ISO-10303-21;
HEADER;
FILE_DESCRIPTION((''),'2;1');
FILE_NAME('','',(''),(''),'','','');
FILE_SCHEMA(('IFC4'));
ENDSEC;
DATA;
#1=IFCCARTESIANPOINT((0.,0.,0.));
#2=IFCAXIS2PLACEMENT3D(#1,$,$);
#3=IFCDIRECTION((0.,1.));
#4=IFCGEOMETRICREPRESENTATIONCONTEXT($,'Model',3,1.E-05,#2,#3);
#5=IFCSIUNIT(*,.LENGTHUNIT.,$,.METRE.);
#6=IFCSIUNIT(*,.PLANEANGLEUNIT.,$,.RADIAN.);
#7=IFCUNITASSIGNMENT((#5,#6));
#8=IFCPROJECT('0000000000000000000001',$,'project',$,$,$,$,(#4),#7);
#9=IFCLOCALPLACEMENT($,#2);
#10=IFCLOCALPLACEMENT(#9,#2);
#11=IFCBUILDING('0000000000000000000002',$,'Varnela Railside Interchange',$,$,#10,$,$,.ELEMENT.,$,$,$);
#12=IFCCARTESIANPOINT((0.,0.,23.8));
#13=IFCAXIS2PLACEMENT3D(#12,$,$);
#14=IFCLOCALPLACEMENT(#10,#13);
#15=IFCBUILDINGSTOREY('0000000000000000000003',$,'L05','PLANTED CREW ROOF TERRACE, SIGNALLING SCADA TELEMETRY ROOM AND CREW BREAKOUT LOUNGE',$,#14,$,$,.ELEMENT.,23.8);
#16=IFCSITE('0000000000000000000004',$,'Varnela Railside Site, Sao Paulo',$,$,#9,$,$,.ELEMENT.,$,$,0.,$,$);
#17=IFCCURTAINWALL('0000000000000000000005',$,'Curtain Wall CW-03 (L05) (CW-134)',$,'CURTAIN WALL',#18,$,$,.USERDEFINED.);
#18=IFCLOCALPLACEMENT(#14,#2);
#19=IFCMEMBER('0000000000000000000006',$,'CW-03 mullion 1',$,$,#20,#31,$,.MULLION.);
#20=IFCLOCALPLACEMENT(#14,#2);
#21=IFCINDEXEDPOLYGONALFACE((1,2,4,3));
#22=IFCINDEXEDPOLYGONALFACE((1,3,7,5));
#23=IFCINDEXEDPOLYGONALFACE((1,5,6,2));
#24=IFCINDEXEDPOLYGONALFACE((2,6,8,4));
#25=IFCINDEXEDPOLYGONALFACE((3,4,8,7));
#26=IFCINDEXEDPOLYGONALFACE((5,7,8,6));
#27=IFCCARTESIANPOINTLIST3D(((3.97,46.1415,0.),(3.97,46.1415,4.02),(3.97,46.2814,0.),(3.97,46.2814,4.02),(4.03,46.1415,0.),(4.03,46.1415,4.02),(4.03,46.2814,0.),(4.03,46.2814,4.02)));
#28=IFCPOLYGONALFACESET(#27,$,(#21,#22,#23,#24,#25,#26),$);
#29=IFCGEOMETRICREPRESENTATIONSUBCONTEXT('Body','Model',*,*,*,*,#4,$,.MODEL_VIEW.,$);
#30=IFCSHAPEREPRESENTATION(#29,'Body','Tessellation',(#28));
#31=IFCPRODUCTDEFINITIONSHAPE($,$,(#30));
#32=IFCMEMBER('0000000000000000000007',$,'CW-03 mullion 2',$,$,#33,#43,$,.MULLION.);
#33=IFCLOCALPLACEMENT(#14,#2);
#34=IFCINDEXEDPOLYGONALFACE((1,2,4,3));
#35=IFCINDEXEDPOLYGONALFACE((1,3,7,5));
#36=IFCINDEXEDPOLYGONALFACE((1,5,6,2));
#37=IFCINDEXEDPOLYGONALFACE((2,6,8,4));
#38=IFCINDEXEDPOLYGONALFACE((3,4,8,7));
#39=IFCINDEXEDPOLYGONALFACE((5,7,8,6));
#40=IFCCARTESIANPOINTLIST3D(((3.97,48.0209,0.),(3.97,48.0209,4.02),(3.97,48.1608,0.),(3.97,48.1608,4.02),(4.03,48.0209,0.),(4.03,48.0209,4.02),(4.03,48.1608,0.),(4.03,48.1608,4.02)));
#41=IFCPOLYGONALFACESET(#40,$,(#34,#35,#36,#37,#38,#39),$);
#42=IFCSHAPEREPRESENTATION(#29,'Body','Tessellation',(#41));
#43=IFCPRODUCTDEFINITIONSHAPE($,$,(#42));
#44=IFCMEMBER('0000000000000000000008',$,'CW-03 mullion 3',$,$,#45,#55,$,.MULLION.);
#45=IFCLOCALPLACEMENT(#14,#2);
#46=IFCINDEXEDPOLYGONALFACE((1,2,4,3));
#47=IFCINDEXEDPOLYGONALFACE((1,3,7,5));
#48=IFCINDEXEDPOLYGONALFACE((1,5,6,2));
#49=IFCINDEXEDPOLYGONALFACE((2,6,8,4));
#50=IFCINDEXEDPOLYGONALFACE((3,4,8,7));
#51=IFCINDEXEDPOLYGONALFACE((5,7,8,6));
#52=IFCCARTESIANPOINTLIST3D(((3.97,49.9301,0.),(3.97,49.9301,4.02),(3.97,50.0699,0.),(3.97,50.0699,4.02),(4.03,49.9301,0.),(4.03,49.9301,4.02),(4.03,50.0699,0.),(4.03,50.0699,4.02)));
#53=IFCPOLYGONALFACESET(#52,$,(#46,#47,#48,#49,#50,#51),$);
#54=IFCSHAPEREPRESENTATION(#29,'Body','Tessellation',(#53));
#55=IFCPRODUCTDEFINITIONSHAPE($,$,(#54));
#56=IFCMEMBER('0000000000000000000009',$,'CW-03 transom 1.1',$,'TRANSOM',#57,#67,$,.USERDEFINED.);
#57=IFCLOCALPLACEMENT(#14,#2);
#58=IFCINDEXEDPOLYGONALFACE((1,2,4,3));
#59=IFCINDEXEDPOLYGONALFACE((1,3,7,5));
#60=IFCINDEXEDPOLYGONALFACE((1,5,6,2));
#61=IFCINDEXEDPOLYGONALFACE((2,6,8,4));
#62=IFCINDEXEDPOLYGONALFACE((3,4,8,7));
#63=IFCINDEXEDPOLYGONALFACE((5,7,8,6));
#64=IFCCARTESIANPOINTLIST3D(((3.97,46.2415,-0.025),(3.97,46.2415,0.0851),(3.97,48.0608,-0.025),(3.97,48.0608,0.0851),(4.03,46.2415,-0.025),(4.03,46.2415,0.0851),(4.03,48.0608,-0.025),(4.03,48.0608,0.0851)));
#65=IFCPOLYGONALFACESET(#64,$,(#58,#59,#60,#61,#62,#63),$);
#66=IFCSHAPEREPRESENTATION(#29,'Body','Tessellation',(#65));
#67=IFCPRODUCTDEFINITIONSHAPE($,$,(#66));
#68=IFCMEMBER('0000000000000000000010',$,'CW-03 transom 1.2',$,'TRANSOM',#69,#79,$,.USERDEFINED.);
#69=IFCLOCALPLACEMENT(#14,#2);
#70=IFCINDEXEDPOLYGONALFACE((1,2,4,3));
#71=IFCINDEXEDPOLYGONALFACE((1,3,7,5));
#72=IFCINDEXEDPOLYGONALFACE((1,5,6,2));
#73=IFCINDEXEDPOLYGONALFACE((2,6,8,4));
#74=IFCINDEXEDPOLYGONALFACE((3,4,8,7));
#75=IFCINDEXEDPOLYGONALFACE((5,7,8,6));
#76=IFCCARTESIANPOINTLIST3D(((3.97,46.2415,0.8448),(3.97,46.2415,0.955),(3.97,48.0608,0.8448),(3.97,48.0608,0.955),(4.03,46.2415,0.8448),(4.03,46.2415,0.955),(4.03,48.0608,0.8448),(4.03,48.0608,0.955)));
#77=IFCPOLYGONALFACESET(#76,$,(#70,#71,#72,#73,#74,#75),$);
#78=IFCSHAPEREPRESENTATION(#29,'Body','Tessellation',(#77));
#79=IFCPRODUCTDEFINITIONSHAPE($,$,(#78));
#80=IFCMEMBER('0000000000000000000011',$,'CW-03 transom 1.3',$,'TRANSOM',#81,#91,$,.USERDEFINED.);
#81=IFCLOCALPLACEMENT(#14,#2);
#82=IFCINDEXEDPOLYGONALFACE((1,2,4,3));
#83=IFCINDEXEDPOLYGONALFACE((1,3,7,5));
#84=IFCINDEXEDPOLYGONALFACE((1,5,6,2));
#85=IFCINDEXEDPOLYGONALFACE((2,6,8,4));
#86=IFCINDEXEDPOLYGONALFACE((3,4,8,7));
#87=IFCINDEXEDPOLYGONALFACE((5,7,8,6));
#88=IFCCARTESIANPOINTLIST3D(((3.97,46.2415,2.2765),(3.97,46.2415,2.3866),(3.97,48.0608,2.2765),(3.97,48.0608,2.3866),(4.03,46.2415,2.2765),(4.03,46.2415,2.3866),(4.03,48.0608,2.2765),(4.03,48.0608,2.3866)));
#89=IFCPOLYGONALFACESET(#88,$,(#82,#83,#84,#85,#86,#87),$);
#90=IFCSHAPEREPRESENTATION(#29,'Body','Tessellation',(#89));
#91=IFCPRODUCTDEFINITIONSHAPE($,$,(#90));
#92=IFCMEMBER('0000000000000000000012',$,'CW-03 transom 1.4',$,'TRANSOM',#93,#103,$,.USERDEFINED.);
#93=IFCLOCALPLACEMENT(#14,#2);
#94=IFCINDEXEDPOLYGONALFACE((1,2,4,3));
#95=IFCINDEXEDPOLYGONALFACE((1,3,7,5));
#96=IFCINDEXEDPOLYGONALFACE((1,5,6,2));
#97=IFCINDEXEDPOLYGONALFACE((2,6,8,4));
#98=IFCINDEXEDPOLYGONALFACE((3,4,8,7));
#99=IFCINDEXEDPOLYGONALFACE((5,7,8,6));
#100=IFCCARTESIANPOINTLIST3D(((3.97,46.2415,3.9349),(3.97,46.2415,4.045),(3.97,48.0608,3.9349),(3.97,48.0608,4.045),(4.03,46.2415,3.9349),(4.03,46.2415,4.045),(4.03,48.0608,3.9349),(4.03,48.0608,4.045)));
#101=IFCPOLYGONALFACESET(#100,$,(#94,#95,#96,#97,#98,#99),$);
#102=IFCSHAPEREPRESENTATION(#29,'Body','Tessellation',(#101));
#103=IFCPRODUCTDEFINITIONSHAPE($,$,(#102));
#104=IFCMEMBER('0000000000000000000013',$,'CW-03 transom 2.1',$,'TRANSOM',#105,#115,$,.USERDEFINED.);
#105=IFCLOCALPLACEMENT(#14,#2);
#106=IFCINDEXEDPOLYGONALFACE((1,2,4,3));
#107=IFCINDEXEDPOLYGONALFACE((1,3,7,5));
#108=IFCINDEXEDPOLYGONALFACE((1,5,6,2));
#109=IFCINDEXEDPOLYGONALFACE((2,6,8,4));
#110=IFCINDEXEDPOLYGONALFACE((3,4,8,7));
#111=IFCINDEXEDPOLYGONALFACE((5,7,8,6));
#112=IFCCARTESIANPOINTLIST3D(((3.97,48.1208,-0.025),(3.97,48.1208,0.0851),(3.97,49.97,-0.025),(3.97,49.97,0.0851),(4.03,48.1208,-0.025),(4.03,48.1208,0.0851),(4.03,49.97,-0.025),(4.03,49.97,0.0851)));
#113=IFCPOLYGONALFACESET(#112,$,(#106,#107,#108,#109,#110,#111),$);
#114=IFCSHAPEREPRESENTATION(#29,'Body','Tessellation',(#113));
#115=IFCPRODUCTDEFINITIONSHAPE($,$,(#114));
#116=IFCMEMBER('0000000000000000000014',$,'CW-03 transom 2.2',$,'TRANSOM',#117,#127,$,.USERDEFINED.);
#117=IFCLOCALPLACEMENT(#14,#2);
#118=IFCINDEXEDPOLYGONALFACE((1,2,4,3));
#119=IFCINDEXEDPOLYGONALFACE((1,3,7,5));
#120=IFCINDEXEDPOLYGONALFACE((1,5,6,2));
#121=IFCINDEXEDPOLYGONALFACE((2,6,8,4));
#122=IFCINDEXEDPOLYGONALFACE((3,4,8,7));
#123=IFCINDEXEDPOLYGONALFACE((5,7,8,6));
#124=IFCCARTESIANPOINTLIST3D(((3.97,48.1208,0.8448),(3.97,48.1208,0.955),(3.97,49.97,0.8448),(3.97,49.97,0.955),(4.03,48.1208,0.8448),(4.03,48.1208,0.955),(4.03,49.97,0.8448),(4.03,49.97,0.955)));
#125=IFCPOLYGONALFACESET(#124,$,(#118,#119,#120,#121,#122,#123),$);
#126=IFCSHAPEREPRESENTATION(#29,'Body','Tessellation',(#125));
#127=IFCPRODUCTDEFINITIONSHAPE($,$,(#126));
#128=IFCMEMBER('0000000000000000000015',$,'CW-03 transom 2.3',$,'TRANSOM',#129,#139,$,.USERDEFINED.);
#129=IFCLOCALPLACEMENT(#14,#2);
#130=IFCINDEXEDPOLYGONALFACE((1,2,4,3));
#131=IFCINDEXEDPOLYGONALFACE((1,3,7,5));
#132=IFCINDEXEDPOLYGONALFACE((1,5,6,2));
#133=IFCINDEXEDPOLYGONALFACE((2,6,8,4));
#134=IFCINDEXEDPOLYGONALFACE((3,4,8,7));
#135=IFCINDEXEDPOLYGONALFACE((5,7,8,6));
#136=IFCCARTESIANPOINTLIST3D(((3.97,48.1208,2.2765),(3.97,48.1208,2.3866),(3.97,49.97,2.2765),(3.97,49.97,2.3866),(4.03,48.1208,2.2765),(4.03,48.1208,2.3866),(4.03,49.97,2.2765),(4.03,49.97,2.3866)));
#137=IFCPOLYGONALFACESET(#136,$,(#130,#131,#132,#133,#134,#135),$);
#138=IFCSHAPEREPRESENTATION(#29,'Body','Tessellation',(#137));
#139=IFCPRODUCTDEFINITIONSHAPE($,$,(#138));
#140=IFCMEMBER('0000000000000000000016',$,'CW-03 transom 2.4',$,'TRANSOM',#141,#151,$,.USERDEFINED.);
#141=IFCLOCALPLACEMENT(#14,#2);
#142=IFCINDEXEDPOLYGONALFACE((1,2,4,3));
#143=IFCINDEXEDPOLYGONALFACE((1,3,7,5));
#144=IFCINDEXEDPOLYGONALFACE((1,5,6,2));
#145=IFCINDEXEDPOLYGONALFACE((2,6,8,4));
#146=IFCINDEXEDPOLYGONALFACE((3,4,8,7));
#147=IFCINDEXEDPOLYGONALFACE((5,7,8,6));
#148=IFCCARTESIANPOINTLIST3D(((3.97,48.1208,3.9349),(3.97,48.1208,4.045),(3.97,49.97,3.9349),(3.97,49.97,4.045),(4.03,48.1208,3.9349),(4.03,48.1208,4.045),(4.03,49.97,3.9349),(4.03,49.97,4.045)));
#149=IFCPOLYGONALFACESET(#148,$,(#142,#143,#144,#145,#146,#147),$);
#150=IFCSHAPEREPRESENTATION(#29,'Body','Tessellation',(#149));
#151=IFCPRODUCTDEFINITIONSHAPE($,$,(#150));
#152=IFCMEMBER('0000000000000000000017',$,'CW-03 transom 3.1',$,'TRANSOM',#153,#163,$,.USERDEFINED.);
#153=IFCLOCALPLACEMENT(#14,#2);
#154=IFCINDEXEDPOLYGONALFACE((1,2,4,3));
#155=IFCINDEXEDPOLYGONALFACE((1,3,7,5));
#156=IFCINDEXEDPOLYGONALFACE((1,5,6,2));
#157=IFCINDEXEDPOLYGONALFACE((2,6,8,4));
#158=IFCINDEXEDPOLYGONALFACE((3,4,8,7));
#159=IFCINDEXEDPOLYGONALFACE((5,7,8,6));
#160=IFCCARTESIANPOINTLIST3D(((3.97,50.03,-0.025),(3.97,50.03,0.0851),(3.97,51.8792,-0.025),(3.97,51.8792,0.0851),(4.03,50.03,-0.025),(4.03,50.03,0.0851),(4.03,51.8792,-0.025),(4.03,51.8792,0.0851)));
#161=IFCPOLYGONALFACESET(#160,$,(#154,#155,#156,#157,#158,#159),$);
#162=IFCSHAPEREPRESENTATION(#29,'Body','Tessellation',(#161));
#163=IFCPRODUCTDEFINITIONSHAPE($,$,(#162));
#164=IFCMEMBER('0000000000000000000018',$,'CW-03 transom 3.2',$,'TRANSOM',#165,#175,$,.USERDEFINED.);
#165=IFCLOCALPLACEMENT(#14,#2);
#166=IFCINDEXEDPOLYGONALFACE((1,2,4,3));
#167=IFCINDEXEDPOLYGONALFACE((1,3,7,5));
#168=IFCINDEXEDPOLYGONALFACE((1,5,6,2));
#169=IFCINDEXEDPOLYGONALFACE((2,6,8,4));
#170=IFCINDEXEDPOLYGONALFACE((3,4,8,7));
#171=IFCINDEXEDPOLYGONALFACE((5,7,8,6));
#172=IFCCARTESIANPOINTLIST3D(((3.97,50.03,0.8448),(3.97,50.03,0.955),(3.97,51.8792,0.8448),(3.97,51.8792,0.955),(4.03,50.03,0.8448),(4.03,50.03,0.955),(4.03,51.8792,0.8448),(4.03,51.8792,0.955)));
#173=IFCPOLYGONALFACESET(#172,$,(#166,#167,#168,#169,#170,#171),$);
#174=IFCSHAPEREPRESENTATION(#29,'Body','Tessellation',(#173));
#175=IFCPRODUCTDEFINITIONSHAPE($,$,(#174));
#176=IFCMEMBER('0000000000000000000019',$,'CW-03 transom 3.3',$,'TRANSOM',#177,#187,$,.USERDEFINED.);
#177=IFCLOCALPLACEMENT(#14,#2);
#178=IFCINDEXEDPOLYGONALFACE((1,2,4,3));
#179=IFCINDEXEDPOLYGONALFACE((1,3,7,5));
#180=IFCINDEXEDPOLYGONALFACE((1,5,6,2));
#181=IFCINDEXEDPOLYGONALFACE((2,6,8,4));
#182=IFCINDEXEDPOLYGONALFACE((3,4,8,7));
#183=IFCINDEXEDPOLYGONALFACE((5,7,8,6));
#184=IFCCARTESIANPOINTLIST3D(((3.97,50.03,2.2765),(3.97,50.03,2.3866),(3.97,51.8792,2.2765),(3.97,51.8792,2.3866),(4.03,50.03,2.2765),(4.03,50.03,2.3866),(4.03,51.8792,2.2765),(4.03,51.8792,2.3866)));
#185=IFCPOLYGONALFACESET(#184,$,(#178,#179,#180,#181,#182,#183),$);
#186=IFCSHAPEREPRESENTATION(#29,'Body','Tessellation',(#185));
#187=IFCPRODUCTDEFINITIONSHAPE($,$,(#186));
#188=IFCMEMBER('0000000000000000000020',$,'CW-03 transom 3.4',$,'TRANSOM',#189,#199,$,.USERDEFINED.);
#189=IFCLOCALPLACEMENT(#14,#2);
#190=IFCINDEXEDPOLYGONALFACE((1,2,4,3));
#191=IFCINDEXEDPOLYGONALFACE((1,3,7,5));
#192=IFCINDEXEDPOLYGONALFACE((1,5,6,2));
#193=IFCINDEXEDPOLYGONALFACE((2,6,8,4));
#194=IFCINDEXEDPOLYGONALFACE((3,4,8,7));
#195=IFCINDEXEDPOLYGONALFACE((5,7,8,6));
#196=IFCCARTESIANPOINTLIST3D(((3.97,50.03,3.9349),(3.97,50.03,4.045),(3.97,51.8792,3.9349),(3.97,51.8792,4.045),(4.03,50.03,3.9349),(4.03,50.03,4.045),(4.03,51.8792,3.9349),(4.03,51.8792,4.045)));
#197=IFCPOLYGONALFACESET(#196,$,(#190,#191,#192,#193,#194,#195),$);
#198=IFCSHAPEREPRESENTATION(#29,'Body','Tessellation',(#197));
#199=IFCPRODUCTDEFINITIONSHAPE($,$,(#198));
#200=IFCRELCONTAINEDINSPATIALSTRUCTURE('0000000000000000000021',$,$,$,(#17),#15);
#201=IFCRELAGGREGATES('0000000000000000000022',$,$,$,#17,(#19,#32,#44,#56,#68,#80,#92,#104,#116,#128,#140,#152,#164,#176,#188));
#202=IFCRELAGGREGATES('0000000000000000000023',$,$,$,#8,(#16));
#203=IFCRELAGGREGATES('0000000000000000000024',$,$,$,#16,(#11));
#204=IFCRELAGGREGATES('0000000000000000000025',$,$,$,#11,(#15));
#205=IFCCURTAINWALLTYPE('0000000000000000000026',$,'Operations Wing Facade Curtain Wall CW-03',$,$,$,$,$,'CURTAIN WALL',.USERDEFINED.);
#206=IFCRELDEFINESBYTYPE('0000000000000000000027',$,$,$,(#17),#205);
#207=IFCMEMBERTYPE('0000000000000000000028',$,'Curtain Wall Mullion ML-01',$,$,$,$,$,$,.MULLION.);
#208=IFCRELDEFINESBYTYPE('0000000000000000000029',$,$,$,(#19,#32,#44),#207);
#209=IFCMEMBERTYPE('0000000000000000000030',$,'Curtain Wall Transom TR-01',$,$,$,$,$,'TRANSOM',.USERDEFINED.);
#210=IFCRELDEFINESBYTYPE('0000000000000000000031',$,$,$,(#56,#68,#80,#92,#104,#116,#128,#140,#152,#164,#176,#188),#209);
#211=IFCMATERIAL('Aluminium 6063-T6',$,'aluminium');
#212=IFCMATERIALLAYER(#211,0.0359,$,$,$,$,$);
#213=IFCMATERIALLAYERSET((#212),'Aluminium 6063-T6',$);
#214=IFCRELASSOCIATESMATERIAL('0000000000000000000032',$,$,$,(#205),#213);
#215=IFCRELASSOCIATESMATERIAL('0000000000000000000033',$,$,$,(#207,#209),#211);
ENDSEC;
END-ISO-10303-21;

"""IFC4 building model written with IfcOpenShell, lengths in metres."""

from ifc_helpers import new_model, si_unit, direction, frame, origin, origin_2d, place, context, subcontext, project, spatial, rectangle, extrude, material, layer, layer_set, material_profile, profile_set, type_object, element, aggregate, save


model = new_model("IFC4")

# Units and contexts
model_context = context("Model", 3, precision=1e-05, world=origin(), true_north=direction((0.0, 1.0)))
body_context = subcontext(model_context, "Body", "Model", "MODEL_VIEW")
ifc_project = project(units=[si_unit("LENGTHUNIT", "METRE"), si_unit("PLANEANGLEUNIT", "RADIAN")], contexts=[model_context])

# Site, building, storey
site_placement = place(None, origin())
site = spatial("IfcSite", under=ifc_project, at=site_placement, Name="Varnela Railside Site, Sao Paulo", CompositionType="ELEMENT", RefElevation=0.0)
building_placement = place(site_placement, origin())
building = spatial("IfcBuilding", under=site, at=building_placement, Name="Varnela Railside Interchange", CompositionType="ELEMENT")
storey_placement = place(building_placement, frame((0.0, 0.0, 23.8)))
storey = spatial("IfcBuildingStorey", under=building, at=storey_placement, Name="L05", Description="PLANTED CREW ROOF TERRACE, SIGNALLING SCADA TELEMETRY ROOM AND CREW BREAKOUT LOUNGE", CompositionType="ELEMENT", Elevation=23.8)

# Curtain wall, members
ifc_material_1 = material(Name="Aluminium 6063-T6", Category="aluminium")
ifc_layer_1 = layer(ifc_material_1, 0.0359)
ifc_layer_set_1 = layer_set([ifc_layer_1], Name="Aluminium 6063-T6")
curtain_wall_type = type_object("IfcCurtainWallType", Name="Operations Wing Facade Curtain Wall CW-03", ElementType="CURTAIN WALL", PredefinedType="USERDEFINED", material=ifc_layer_set_1)
curtain_wall_placement = place(storey_placement, origin())
curtain_wall = element("IfcCurtainWall", 1, at=curtain_wall_placement, inside=storey, type_object=curtain_wall_type, Name="Curtain Wall CW-03 (L05) (CW-134)", ObjectType="CURTAIN WALL", PredefinedType="USERDEFINED")
ifc_material_profile_1 = material_profile(ifc_material_1, rectangle(XDim=0.0601, YDim=0.1399, at=origin_2d()), Name="ALU 60x140")
ifc_profile_set_1 = profile_set([ifc_material_profile_1], Name="Aluminium 6063-T6")
member_type_1 = type_object("IfcMemberType", Name="Curtain Wall Mullion ML-01", PredefinedType="MULLION", material=ifc_profile_set_1)
member_1_placement = place(storey_placement, frame((4.0, 46.2114, 0.0), z_axis=(0.0, 0.0, 1.0), x_axis=(-1.0, 0.0, 0.0)))
member_1 = element("IfcMember", 2, at=member_1_placement, type_object=member_type_1, Name="CW-03 mullion 1", PredefinedType="MULLION", context=body_context, shape_type="SweptSolid", body=[
    extrude(rectangle(XDim=0.0601, YDim=0.1399, at=origin_2d()), origin(), (0.0, 0.0, 1.0), 4.02),
])
member_2_placement = place(storey_placement, frame((4.0, 48.0908, 0.0), z_axis=(0.0, 0.0, 1.0), x_axis=(-1.0, 0.0, 0.0)))
member_2 = element("IfcMember", 3, at=member_2_placement, type_object=member_type_1, Name="CW-03 mullion 2", PredefinedType="MULLION", context=body_context, shape_type="SweptSolid", body=[
    extrude(rectangle(XDim=0.0601, YDim=0.1399, at=origin_2d()), origin(), (0.0, 0.0, 1.0), 4.02),
])
member_3_placement = place(storey_placement, frame((4.0, 50.0, 0.0), z_axis=(0.0, 0.0, 1.0), x_axis=(-1.0, 0.0, 0.0)))
member_3 = element("IfcMember", 4, at=member_3_placement, type_object=member_type_1, Name="CW-03 mullion 3", PredefinedType="MULLION", context=body_context, shape_type="SweptSolid", body=[
    extrude(rectangle(XDim=0.0601, YDim=0.1399, at=origin_2d()), origin(), (0.0, 0.0, 1.0), 4.02),
])
ifc_material_profile_2 = material_profile(ifc_material_1, rectangle(XDim=0.0601, YDim=0.1101, at=origin_2d()), Name="ALU 60x110")
ifc_profile_set_2 = profile_set([ifc_material_profile_2], Name="Aluminium 6063-T6")
member_type_2 = type_object("IfcMemberType", Name="Curtain Wall Transom TR-01", ElementType="TRANSOM", PredefinedType="USERDEFINED", material=ifc_profile_set_2)
member_4_placement = place(storey_placement, frame((4.0, 46.2415, 0.03), z_axis=(0.0, 1.0, 0.0), x_axis=(-1.0, 0.0, 0.0)))
member_4 = element("IfcMember", 5, at=member_4_placement, type_object=member_type_2, Name="CW-03 transom 1.1", ObjectType="TRANSOM", PredefinedType="USERDEFINED", context=body_context, shape_type="SweptSolid", body=[
    extrude(rectangle(XDim=0.0601, YDim=0.1101, at=origin_2d()), origin(), (0.0, 0.0, 1.0), 1.8193),
])
member_5_placement = place(storey_placement, frame((4.0, 46.2415, 0.8999), z_axis=(0.0, 1.0, 0.0), x_axis=(-1.0, 0.0, 0.0)))
member_5 = element("IfcMember", 6, at=member_5_placement, type_object=member_type_2, Name="CW-03 transom 1.2", ObjectType="TRANSOM", PredefinedType="USERDEFINED", context=body_context, shape_type="SweptSolid", body=[
    extrude(rectangle(XDim=0.0601, YDim=0.1101, at=origin_2d()), origin(), (0.0, 0.0, 1.0), 1.8193),
])
member_6_placement = place(storey_placement, frame((4.0, 46.2415, 2.3315), z_axis=(0.0, 1.0, 0.0), x_axis=(-1.0, 0.0, 0.0)))
member_6 = element("IfcMember", 7, at=member_6_placement, type_object=member_type_2, Name="CW-03 transom 1.3", ObjectType="TRANSOM", PredefinedType="USERDEFINED", context=body_context, shape_type="SweptSolid", body=[
    extrude(rectangle(XDim=0.0601, YDim=0.1101, at=origin_2d()), origin(), (0.0, 0.0, 1.0), 1.8193),
])
member_7_placement = place(storey_placement, frame((4.0, 46.2415, 3.99), z_axis=(0.0, 1.0, 0.0), x_axis=(-1.0, 0.0, 0.0)))
member_7 = element("IfcMember", 8, at=member_7_placement, type_object=member_type_2, Name="CW-03 transom 1.4", ObjectType="TRANSOM", PredefinedType="USERDEFINED", context=body_context, shape_type="SweptSolid", body=[
    extrude(rectangle(XDim=0.0601, YDim=0.1101, at=origin_2d()), origin(), (0.0, 0.0, 1.0), 1.8193),
])
member_8_placement = place(storey_placement, frame((4.0, 48.1208, 0.03), z_axis=(0.0, 1.0, 0.0), x_axis=(-1.0, 0.0, 0.0)))
member_8 = element("IfcMember", 9, at=member_8_placement, type_object=member_type_2, Name="CW-03 transom 2.1", ObjectType="TRANSOM", PredefinedType="USERDEFINED", context=body_context, shape_type="SweptSolid", body=[
    extrude(rectangle(XDim=0.0601, YDim=0.1101, at=origin_2d()), origin(), (0.0, 0.0, 1.0), 1.8491),
])
member_9_placement = place(storey_placement, frame((4.0, 48.1208, 0.8999), z_axis=(0.0, 1.0, 0.0), x_axis=(-1.0, 0.0, 0.0)))
member_9 = element("IfcMember", 10, at=member_9_placement, type_object=member_type_2, Name="CW-03 transom 2.2", ObjectType="TRANSOM", PredefinedType="USERDEFINED", context=body_context, shape_type="SweptSolid", body=[
    extrude(rectangle(XDim=0.0601, YDim=0.1101, at=origin_2d()), origin(), (0.0, 0.0, 1.0), 1.8491),
])
member_10_placement = place(storey_placement, frame((4.0, 48.1208, 2.3315), z_axis=(0.0, 1.0, 0.0), x_axis=(-1.0, 0.0, 0.0)))
member_10 = element("IfcMember", 11, at=member_10_placement, type_object=member_type_2, Name="CW-03 transom 2.3", ObjectType="TRANSOM", PredefinedType="USERDEFINED", context=body_context, shape_type="SweptSolid", body=[
    extrude(rectangle(XDim=0.0601, YDim=0.1101, at=origin_2d()), origin(), (0.0, 0.0, 1.0), 1.8491),
])
member_11_placement = place(storey_placement, frame((4.0, 48.1208, 3.99), z_axis=(0.0, 1.0, 0.0), x_axis=(-1.0, 0.0, 0.0)))
member_11 = element("IfcMember", 12, at=member_11_placement, type_object=member_type_2, Name="CW-03 transom 2.4", ObjectType="TRANSOM", PredefinedType="USERDEFINED", context=body_context, shape_type="SweptSolid", body=[
    extrude(rectangle(XDim=0.0601, YDim=0.1101, at=origin_2d()), origin(), (0.0, 0.0, 1.0), 1.8491),
])
member_12_placement = place(storey_placement, frame((4.0, 50.03, 0.03), z_axis=(0.0, 1.0, 0.0), x_axis=(-1.0, 0.0, 0.0)))
member_12 = element("IfcMember", 13, at=member_12_placement, type_object=member_type_2, Name="CW-03 transom 3.1", ObjectType="TRANSOM", PredefinedType="USERDEFINED", context=body_context, shape_type="SweptSolid", body=[
    extrude(rectangle(XDim=0.0601, YDim=0.1101, at=origin_2d()), origin(), (0.0, 0.0, 1.0), 1.8491),
])
member_13_placement = place(storey_placement, frame((4.0, 50.03, 0.8999), z_axis=(0.0, 1.0, 0.0), x_axis=(-1.0, 0.0, 0.0)))
member_13 = element("IfcMember", 14, at=member_13_placement, type_object=member_type_2, Name="CW-03 transom 3.2", ObjectType="TRANSOM", PredefinedType="USERDEFINED", context=body_context, shape_type="SweptSolid", body=[
    extrude(rectangle(XDim=0.0601, YDim=0.1101, at=origin_2d()), origin(), (0.0, 0.0, 1.0), 1.8491),
])
member_14_placement = place(storey_placement, frame((4.0, 50.03, 2.3315), z_axis=(0.0, 1.0, 0.0), x_axis=(-1.0, 0.0, 0.0)))
member_14 = element("IfcMember", 15, at=member_14_placement, type_object=member_type_2, Name="CW-03 transom 3.3", ObjectType="TRANSOM", PredefinedType="USERDEFINED", context=body_context, shape_type="SweptSolid", body=[
    extrude(rectangle(XDim=0.0601, YDim=0.1101, at=origin_2d()), origin(), (0.0, 0.0, 1.0), 1.8491),
])
member_15_placement = place(storey_placement, frame((4.0, 50.03, 3.99), z_axis=(0.0, 1.0, 0.0), x_axis=(-1.0, 0.0, 0.0)))
member_15 = element("IfcMember", 16, at=member_15_placement, type_object=member_type_2, Name="CW-03 transom 3.4", ObjectType="TRANSOM", PredefinedType="USERDEFINED", context=body_context, shape_type="SweptSolid", body=[
    extrude(rectangle(XDim=0.0601, YDim=0.1101, at=origin_2d()), origin(), (0.0, 0.0, 1.0), 1.8491),
])

aggregate(curtain_wall, [member_1, member_2, member_3, member_4, member_5, member_6, member_7, member_8, member_9, member_10, member_11, member_12, member_13, member_14, member_15])

save(model, "model.ifc")
